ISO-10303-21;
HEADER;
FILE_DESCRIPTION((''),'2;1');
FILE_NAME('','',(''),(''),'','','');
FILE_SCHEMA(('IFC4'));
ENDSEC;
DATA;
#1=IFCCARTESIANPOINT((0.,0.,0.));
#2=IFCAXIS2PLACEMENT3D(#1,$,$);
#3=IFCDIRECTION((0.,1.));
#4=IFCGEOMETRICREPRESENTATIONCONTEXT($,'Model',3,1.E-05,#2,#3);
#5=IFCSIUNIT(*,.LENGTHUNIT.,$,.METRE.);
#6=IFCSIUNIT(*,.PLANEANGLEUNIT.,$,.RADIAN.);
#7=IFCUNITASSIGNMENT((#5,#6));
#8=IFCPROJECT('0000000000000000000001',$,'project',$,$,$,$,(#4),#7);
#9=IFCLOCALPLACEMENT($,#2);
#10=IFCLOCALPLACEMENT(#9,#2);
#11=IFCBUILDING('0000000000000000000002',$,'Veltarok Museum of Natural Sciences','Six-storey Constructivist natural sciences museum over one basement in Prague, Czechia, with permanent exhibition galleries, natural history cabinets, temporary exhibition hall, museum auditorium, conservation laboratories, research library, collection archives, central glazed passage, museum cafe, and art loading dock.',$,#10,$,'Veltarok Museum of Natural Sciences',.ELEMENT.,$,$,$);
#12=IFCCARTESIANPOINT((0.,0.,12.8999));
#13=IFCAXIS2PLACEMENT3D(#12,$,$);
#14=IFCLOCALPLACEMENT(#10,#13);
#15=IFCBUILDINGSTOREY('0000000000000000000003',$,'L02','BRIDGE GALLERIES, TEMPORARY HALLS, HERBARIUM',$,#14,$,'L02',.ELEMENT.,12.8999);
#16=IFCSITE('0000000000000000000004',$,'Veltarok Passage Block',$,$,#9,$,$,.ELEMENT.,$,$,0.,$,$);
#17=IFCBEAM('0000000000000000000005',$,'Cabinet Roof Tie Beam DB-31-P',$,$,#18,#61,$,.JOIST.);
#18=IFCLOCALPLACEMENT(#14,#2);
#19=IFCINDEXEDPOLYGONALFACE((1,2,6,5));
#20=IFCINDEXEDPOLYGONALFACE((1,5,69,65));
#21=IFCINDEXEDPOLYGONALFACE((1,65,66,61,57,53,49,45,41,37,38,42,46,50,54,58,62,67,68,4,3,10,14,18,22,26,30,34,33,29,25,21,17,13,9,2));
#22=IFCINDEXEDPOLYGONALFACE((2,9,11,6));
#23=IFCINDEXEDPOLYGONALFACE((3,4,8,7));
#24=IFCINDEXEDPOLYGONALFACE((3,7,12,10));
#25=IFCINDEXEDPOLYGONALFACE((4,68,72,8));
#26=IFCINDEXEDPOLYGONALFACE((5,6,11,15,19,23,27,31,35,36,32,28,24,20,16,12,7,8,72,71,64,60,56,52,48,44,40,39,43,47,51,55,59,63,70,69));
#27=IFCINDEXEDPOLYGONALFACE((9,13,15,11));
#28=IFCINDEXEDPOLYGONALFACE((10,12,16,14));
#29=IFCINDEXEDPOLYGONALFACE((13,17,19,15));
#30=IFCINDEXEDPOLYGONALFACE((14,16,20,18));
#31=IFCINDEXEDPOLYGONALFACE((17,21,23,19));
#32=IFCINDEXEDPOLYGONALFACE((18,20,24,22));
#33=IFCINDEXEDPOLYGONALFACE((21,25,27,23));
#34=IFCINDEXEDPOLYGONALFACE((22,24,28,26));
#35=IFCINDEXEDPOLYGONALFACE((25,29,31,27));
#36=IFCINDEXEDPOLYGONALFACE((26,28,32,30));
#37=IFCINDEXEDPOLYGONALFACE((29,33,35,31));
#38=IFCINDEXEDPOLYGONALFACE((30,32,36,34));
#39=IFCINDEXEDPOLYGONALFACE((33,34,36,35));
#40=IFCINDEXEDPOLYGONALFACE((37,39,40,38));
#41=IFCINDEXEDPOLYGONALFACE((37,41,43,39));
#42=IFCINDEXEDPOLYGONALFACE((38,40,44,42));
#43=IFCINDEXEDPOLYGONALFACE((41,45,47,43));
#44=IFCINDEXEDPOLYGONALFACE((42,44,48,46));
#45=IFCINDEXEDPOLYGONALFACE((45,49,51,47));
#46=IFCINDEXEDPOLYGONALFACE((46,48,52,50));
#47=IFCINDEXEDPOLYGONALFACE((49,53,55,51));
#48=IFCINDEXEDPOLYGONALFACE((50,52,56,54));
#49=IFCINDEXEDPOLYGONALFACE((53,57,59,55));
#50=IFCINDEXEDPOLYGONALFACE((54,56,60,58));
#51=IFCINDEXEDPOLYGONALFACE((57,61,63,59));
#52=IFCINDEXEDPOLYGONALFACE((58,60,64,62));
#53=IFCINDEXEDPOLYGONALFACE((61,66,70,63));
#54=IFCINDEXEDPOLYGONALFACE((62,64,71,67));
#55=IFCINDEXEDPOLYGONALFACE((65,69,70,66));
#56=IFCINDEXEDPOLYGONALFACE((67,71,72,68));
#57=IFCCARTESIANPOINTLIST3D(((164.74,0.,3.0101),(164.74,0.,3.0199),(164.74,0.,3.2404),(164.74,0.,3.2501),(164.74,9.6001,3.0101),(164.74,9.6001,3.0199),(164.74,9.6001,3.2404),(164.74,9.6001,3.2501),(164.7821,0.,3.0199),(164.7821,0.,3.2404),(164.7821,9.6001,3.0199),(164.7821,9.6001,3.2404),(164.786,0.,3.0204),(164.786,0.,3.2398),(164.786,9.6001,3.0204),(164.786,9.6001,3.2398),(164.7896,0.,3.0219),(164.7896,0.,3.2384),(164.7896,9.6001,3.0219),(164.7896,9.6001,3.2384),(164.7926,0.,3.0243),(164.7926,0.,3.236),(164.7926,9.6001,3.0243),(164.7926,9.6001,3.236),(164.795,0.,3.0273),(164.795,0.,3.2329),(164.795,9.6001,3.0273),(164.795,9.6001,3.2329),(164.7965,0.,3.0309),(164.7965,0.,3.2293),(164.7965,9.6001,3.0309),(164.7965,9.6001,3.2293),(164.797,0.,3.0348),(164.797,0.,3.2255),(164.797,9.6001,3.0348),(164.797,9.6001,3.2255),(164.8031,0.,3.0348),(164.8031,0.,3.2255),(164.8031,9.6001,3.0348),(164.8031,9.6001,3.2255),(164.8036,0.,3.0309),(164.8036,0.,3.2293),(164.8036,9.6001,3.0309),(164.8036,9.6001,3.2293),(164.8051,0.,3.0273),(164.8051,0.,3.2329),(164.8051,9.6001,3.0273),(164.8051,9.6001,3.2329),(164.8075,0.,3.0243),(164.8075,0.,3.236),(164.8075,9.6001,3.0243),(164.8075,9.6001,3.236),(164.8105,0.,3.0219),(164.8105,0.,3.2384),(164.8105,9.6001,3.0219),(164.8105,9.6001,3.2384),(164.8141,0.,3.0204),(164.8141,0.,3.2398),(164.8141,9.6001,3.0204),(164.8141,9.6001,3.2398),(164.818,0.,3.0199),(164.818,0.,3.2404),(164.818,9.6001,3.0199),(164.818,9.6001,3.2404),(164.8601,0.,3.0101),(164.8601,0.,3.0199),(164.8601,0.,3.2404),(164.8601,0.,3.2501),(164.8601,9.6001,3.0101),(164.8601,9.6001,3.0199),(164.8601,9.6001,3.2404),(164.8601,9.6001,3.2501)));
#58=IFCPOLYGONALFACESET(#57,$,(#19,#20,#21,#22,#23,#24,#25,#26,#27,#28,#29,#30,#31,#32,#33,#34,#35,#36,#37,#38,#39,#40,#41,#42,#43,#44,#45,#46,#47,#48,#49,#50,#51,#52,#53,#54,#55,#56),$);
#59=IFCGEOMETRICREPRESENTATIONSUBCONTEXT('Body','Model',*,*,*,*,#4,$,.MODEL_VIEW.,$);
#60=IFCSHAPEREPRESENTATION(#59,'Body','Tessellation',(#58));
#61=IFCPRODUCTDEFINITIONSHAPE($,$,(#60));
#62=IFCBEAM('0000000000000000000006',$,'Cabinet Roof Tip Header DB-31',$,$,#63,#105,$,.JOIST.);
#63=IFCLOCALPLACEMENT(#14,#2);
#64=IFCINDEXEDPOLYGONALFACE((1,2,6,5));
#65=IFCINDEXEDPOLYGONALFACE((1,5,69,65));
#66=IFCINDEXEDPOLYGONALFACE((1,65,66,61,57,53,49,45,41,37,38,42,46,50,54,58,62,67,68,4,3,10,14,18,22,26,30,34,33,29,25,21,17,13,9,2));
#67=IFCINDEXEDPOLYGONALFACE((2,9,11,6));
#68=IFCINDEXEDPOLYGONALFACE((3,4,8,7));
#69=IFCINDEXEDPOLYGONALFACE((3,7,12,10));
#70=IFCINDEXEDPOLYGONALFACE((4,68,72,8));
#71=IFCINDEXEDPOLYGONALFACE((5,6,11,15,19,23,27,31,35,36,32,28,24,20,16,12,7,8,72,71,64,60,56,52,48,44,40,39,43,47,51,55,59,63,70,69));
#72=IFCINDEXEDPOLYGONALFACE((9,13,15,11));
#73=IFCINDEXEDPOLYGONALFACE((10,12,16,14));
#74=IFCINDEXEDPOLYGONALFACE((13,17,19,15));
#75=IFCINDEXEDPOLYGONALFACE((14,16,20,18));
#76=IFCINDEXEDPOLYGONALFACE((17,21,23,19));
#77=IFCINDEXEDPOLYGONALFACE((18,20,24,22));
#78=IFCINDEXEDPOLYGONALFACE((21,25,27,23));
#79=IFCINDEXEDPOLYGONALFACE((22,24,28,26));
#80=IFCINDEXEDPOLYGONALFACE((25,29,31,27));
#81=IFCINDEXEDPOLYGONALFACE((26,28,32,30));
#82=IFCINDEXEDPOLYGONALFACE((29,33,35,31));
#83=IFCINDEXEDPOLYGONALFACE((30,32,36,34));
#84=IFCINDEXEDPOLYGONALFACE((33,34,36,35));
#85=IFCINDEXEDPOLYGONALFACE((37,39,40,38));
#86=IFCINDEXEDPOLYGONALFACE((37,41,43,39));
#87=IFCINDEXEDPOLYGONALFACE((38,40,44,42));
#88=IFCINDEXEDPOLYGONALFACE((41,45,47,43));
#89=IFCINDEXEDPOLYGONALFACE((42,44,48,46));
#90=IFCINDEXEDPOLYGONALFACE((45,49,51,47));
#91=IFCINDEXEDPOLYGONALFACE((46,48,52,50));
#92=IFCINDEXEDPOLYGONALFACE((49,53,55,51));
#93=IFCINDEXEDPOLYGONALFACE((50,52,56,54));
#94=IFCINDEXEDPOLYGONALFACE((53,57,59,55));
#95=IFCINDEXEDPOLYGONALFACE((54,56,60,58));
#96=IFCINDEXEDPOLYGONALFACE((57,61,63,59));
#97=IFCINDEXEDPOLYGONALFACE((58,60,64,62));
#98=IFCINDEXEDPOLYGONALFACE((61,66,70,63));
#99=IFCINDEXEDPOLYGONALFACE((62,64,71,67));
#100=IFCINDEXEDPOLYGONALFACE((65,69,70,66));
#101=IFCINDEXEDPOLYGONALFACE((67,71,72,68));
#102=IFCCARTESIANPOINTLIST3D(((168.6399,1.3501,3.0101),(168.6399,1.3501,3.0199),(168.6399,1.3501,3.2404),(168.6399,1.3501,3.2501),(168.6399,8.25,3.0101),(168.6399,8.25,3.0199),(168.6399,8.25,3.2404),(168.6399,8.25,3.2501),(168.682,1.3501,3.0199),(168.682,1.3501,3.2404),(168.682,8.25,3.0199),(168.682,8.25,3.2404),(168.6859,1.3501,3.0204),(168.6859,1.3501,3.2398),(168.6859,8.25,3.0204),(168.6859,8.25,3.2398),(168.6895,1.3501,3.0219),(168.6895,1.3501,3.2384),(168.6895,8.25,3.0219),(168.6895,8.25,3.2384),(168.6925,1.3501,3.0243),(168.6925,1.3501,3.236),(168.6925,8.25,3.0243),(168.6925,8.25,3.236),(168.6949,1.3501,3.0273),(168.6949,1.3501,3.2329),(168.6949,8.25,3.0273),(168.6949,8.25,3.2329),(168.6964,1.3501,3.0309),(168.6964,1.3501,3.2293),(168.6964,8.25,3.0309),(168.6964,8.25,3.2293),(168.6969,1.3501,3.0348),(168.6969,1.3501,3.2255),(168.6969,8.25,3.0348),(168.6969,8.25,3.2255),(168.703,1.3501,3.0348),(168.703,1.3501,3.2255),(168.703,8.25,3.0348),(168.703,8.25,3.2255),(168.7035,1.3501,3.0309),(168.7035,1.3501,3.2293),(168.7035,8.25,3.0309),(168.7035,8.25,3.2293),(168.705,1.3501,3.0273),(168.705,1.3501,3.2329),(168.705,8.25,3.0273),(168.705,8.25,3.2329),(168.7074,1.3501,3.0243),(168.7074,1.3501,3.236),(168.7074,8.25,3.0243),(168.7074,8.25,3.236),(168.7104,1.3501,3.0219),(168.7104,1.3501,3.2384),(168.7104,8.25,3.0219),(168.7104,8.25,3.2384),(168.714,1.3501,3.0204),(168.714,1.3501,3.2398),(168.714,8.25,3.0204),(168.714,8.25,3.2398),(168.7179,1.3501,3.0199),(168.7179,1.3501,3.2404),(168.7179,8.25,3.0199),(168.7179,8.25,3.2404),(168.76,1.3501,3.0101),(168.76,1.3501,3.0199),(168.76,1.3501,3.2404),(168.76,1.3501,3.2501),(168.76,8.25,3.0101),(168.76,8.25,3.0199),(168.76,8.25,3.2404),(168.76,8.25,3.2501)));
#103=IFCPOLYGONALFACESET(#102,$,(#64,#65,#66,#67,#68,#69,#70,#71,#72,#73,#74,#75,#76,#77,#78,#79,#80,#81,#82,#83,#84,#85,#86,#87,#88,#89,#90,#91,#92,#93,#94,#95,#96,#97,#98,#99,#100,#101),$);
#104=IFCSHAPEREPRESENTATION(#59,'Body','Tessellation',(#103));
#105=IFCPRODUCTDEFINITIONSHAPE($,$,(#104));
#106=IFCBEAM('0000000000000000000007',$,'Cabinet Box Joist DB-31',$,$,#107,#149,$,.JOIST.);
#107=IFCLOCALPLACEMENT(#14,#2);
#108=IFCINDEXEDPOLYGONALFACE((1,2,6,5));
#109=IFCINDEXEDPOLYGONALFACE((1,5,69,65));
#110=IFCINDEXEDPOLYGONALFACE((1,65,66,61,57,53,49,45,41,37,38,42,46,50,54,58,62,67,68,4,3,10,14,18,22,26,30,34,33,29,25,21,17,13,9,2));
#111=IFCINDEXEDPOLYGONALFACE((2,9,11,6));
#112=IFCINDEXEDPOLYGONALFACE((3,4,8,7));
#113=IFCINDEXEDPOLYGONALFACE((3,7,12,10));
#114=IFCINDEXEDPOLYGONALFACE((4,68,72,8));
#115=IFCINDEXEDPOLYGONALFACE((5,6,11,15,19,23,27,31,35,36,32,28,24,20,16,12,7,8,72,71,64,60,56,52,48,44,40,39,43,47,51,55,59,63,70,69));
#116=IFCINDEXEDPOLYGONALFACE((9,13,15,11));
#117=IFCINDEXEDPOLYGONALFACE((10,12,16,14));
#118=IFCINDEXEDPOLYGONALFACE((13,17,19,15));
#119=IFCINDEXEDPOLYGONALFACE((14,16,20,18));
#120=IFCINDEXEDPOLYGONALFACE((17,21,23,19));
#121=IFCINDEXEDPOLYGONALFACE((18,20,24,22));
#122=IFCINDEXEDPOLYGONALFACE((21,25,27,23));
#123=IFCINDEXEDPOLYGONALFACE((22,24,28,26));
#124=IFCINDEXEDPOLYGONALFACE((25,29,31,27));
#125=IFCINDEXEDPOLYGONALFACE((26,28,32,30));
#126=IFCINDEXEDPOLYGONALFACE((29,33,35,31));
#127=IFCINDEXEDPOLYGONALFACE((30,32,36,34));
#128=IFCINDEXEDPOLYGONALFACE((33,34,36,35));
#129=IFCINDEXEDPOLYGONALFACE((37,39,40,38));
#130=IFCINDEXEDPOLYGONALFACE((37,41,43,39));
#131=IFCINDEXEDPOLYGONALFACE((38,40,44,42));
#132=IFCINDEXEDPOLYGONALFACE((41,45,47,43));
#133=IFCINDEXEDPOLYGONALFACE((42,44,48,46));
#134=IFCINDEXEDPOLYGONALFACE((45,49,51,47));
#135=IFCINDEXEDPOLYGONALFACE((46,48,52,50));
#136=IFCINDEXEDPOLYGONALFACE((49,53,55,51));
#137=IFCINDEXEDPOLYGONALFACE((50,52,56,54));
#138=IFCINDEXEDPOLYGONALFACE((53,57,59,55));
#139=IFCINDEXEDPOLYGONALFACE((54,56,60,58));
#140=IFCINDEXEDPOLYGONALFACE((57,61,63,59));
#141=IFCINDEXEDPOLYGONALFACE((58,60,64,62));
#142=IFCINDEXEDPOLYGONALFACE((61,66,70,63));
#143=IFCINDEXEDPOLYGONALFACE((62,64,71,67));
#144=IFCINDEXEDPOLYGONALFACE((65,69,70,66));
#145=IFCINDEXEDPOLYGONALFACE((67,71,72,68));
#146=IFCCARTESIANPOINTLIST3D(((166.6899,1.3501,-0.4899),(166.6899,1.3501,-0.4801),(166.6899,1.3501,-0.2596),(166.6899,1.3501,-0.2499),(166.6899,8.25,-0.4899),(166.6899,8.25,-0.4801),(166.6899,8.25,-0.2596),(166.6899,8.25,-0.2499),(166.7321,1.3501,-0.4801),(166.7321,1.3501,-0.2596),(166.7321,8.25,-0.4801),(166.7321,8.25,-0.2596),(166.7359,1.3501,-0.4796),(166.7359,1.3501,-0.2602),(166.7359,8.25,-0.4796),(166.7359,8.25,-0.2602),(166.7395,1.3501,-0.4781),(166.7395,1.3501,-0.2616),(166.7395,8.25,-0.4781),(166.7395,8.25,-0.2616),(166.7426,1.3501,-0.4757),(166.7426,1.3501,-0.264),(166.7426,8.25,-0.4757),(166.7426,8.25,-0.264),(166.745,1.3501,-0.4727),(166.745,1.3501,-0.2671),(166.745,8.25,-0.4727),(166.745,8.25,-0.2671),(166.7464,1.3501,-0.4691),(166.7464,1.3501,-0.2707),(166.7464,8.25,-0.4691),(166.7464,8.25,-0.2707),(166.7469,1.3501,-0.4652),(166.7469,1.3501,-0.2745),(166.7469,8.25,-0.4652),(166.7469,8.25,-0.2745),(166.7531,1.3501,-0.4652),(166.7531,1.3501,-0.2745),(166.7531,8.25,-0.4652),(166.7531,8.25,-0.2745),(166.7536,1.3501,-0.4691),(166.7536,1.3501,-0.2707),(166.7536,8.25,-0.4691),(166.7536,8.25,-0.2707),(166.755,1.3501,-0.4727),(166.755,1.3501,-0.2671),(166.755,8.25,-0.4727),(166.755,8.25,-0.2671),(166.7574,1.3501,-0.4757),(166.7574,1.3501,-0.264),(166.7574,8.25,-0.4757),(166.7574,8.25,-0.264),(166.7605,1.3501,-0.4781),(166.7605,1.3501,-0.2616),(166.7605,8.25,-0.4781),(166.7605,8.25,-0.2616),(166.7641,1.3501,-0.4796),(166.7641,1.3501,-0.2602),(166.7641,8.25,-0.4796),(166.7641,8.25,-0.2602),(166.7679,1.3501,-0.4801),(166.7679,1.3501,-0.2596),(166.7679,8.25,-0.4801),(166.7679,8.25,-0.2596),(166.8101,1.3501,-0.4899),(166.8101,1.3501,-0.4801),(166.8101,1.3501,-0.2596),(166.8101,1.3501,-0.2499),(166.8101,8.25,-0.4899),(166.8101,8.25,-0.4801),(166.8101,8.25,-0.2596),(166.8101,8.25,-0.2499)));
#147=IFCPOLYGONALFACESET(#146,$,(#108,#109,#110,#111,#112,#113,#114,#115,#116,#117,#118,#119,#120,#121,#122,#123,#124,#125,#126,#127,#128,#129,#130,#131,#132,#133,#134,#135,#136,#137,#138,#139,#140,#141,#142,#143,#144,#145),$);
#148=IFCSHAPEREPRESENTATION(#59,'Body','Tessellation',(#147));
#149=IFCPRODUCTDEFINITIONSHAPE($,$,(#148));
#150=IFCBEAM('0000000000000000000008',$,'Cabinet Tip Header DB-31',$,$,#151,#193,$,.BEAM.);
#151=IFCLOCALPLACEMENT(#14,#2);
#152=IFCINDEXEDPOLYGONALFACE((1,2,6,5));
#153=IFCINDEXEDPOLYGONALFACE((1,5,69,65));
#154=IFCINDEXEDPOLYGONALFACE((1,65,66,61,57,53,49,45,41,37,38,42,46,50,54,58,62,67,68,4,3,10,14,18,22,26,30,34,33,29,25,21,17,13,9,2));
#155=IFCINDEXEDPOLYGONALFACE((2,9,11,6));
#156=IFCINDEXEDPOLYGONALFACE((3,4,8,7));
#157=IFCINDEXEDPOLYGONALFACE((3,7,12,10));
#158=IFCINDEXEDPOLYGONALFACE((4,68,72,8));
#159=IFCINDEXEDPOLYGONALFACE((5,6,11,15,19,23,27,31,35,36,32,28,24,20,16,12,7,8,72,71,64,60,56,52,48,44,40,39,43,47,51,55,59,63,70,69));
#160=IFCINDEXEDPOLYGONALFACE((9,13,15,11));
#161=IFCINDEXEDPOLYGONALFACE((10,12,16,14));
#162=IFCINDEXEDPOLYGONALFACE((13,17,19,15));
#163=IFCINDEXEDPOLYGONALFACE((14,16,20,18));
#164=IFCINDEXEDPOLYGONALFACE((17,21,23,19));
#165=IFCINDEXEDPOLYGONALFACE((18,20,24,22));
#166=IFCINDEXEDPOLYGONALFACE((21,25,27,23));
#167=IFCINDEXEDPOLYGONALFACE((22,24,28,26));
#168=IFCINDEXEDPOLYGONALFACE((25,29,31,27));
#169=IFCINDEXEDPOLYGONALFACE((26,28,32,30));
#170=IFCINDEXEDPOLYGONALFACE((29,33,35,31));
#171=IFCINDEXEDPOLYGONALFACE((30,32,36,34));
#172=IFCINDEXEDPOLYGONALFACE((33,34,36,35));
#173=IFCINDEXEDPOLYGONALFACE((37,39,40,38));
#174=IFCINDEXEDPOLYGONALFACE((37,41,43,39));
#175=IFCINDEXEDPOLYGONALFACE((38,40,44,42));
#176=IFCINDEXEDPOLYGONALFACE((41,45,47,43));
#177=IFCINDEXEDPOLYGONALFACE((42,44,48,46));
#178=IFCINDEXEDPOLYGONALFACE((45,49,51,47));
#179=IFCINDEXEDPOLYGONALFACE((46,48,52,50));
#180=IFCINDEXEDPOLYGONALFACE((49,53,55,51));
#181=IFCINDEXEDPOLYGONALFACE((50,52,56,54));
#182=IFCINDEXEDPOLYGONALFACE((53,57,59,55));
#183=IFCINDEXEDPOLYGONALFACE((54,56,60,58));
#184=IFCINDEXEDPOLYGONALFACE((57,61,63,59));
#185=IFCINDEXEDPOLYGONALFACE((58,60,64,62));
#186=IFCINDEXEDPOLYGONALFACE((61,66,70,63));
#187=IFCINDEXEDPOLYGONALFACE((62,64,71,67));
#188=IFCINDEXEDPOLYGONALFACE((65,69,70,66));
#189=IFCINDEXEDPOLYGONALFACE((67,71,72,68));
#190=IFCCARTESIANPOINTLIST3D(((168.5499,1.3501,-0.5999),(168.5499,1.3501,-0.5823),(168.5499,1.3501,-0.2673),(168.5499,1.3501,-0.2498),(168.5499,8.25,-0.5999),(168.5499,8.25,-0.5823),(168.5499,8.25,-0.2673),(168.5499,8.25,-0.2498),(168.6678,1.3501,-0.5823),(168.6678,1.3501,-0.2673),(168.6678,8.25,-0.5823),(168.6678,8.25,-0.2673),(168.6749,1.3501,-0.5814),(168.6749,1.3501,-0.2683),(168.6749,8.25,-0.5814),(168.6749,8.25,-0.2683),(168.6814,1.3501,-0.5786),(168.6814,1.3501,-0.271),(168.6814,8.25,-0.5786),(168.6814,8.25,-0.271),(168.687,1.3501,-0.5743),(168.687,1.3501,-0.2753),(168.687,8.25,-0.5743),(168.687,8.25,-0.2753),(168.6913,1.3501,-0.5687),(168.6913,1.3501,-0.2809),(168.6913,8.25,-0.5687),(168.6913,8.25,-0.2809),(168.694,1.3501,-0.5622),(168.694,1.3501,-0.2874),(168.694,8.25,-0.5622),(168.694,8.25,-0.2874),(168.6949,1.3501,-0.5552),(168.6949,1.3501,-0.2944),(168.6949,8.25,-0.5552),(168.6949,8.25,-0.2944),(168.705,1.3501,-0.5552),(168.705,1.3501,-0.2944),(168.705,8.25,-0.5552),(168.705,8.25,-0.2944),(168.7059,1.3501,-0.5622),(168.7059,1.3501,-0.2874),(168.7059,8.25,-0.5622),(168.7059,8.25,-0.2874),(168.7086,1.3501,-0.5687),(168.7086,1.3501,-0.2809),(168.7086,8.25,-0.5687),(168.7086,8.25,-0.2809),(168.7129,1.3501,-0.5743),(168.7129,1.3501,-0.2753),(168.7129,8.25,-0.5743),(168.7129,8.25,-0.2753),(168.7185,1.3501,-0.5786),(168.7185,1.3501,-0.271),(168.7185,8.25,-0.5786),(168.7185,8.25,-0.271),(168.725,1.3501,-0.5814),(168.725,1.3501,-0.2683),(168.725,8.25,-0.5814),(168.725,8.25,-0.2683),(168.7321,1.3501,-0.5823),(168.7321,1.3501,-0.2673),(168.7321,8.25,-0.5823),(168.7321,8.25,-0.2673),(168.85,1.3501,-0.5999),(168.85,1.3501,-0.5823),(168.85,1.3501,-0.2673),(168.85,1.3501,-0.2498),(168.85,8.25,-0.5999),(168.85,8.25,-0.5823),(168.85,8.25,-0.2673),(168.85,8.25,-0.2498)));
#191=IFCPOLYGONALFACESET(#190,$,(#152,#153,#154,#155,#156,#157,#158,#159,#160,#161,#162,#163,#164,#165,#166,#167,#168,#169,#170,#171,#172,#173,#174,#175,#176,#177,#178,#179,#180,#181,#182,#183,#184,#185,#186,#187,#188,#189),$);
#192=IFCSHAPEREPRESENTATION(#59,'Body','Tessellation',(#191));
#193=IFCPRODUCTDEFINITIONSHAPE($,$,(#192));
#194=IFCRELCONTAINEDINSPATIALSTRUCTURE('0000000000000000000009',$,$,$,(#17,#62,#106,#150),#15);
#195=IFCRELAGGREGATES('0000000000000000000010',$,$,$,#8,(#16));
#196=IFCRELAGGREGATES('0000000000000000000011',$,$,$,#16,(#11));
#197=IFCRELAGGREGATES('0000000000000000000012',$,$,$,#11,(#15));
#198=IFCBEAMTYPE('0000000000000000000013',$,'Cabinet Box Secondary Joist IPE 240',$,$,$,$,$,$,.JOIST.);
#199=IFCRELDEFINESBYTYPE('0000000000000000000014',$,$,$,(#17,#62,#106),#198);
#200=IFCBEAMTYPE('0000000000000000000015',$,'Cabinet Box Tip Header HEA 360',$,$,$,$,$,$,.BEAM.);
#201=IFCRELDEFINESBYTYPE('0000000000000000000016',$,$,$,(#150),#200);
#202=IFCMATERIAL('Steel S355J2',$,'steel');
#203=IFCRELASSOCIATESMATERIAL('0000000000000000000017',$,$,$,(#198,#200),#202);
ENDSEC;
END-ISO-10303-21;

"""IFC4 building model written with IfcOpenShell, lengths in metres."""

from ifc_helpers import new_model, si_unit, direction, frame, origin, origin_2d, place, context, subcontext, project, spatial, i_section, extrude, material, material_profile, profile_set, type_object, element, save


model = new_model("IFC4")

# Units and contexts
model_context = context("Model", 3, precision=1e-05, world=origin(), true_north=direction((0.0, 1.0)))
body_context = subcontext(model_context, "Body", "Model", "MODEL_VIEW")
ifc_project = project(units=[si_unit("LENGTHUNIT", "METRE"), si_unit("PLANEANGLEUNIT", "RADIAN")], contexts=[model_context])

# Site, building, storey
site_placement = place(None, origin())
site = spatial("IfcSite", under=ifc_project, at=site_placement, Name="Veltarok Passage Block", CompositionType="ELEMENT", RefElevation=0.0)
building_placement = place(site_placement, origin())
building = spatial("IfcBuilding", under=site, at=building_placement, Name="Veltarok Museum of Natural Sciences", Description="Six-storey Constructivist natural sciences museum over one basement in Prague, Czechia, with permanent exhibition galleries, natural history cabinets, temporary exhibition hall, museum auditorium, conservation laboratories, research library, collection archives, central glazed passage, museum cafe, and art loading dock.", LongName="Veltarok Museum of Natural Sciences", CompositionType="ELEMENT")
storey_placement = place(building_placement, frame((0.0, 0.0, 12.8999)))
storey = spatial("IfcBuildingStorey", under=building, at=storey_placement, Name="L02", Description="BRIDGE GALLERIES, TEMPORARY HALLS, HERBARIUM", LongName="L02", CompositionType="ELEMENT", Elevation=12.8999)

# Shared definitions
ifc_material_1 = material(Name="Steel S355J2", Category="steel")

# Beams
ifc_material_profile_1 = material_profile(ifc_material_1, i_section(OverallWidth=0.1201, OverallDepth=0.24, WebThickness=0.0061, FlangeThickness=0.0098, FilletRadius=0.0149, at=origin_2d()), Name="IPE 240")
ifc_profile_set_1 = profile_set([ifc_material_profile_1], Name="Steel S355J2")
beam_type_1 = type_object("IfcBeamType", Name="Cabinet Box Secondary Joist IPE 240", PredefinedType="JOIST", material=ifc_profile_set_1)
beam_1_placement = place(storey_placement, frame((164.8, 0.0, 3.1301), z_axis=(0.0, 1.0, 0.0), x_axis=(-1.0, 0.0, 0.0)))
element("IfcBeam", 1, at=beam_1_placement, inside=storey, type_object=beam_type_1, Name="Cabinet Roof Tie Beam DB-31-P", PredefinedType="JOIST", context=body_context, shape_type="SweptSolid", body=[
    extrude(i_section(OverallWidth=0.1201, OverallDepth=0.24, WebThickness=0.0061, FlangeThickness=0.0098, FilletRadius=0.0149, at=origin_2d()), origin(), (0.0, 0.0, 1.0), 9.6001),
])
for number, where, z_axis, x_axis, name in (
    (2, (168.7, 1.3501, 3.1301), (0.0, 1.0, 0.0), (-1.0, 0.0, 0.0), "Cabinet Roof Tip Header DB-31"),
    (3, (166.75, 1.3501, -0.3699), (0.0, 1.0, 0.0), (-1.0, 0.0, 0.0), "Cabinet Box Joist DB-31"),
):
    element("IfcBeam", number, at=place(storey_placement, frame(where, z_axis=z_axis, x_axis=x_axis)), inside=storey, type_object=beam_type_1, Name=name, PredefinedType="JOIST", context=body_context, shape_type="SweptSolid", body=[
        extrude(i_section(OverallWidth=0.1201, OverallDepth=0.24, WebThickness=0.0061, FlangeThickness=0.0098, FilletRadius=0.0149, at=origin_2d()), origin(), (0.0, 0.0, 1.0), 6.8999),
    ])
ifc_material_profile_2 = material_profile(ifc_material_1, i_section(OverallWidth=0.3, OverallDepth=0.3501, WebThickness=0.01, FlangeThickness=0.0176, FilletRadius=0.0271, at=origin_2d()), Name="HEA 360")
ifc_profile_set_2 = profile_set([ifc_material_profile_2], Name="Steel S355J2")
beam_type_2 = type_object("IfcBeamType", Name="Cabinet Box Tip Header HEA 360", PredefinedType="BEAM", material=ifc_profile_set_2)
beam_2_placement = place(storey_placement, frame((168.7, 1.3501, -0.4248), z_axis=(0.0, 1.0, 0.0), x_axis=(-1.0, 0.0, 0.0)))
element("IfcBeam", 4, at=beam_2_placement, inside=storey, type_object=beam_type_2, Name="Cabinet Tip Header DB-31", PredefinedType="BEAM", context=body_context, shape_type="SweptSolid", body=[
    extrude(i_section(OverallWidth=0.3, OverallDepth=0.3501, WebThickness=0.01, FlangeThickness=0.0176, FilletRadius=0.0271, at=origin_2d()), origin(), (0.0, 0.0, 1.0), 6.8999),
])

save(model, "model.ifc")
